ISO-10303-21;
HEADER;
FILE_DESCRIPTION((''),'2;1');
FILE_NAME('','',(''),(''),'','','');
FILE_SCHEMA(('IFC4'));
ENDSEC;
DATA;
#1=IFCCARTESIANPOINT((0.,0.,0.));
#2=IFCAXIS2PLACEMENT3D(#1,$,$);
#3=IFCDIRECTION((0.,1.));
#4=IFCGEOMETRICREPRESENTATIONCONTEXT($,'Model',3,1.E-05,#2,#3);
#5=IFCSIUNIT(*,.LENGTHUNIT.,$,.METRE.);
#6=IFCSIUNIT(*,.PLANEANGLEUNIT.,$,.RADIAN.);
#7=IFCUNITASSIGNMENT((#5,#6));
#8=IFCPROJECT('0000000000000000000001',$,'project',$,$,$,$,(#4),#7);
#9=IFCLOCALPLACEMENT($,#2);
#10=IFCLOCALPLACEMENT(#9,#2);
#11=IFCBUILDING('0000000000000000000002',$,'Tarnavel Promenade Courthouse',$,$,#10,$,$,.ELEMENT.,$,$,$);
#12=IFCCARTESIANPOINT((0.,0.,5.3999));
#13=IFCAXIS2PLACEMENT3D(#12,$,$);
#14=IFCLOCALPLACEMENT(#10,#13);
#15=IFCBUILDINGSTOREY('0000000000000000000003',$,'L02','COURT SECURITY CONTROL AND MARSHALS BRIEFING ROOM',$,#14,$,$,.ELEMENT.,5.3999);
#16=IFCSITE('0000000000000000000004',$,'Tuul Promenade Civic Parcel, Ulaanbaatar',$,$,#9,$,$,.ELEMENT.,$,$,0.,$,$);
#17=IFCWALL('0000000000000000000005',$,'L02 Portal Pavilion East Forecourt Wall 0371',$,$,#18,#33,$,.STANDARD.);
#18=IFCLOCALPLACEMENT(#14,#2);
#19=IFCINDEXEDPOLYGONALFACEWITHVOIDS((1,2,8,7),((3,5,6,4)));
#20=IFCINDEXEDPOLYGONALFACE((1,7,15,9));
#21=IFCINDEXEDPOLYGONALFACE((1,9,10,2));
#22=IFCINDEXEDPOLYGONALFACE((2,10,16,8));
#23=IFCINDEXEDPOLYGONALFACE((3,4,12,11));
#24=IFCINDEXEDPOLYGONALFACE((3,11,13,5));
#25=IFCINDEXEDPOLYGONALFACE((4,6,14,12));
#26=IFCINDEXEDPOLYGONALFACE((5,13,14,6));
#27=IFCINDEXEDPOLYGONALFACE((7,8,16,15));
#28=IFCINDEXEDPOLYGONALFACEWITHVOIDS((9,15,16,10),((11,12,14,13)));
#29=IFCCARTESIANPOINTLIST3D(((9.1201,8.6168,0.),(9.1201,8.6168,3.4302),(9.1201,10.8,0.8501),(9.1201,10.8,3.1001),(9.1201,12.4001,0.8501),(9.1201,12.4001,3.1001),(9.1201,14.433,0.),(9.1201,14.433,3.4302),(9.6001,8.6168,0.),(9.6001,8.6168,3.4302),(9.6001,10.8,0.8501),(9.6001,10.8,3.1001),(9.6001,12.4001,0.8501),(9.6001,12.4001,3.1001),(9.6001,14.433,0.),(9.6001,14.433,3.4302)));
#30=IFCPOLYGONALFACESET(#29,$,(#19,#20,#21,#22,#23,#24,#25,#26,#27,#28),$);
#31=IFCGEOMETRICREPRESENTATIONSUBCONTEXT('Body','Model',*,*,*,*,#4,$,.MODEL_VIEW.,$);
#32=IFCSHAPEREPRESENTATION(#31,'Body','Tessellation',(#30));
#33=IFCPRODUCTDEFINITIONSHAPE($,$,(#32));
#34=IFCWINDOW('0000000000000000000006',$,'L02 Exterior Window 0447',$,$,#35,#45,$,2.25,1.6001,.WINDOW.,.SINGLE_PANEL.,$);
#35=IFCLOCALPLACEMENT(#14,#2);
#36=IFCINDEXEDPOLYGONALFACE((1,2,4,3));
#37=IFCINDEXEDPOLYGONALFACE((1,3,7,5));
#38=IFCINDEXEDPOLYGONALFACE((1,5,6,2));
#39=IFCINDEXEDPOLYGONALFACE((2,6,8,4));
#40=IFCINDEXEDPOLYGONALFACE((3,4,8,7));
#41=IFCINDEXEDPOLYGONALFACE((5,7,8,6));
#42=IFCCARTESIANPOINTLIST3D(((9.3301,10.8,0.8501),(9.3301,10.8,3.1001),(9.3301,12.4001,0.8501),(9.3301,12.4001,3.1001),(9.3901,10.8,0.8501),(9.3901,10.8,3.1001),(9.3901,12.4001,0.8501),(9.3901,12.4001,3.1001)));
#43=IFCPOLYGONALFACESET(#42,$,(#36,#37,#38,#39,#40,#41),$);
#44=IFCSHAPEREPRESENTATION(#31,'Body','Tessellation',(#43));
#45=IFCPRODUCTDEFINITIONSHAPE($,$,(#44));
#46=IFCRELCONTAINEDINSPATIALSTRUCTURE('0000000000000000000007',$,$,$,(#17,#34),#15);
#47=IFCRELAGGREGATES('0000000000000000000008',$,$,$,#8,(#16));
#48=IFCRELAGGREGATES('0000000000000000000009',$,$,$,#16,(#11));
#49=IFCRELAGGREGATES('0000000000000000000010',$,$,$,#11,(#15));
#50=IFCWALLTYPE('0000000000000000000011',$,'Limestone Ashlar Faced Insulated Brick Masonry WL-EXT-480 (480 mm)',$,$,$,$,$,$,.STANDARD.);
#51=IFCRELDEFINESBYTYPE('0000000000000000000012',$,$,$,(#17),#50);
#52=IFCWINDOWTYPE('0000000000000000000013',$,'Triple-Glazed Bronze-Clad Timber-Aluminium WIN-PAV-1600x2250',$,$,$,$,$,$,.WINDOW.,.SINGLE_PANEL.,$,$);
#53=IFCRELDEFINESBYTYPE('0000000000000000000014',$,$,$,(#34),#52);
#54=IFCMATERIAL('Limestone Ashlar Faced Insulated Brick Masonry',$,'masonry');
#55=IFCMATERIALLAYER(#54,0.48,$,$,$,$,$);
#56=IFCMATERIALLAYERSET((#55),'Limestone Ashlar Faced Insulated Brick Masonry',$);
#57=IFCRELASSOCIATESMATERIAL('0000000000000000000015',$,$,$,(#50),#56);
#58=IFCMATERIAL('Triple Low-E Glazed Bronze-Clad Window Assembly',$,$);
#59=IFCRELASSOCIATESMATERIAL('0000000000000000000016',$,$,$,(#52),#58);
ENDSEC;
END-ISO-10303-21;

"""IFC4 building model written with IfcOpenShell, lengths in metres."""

from ifc_helpers import new_model, si_unit, direction, frame, frame_2d, origin, place, context, subcontext, project, spatial, rectangle, extrude, material, layer, layer_set, type_object, element, fill, save


model = new_model("IFC4")

# Units and contexts
model_context = context("Model", 3, precision=1e-05, world=origin(), true_north=direction((0.0, 1.0)))
body_context = subcontext(model_context, "Body", "Model", "MODEL_VIEW")
ifc_project = project(units=[si_unit("LENGTHUNIT", "METRE"), si_unit("PLANEANGLEUNIT", "RADIAN")], contexts=[model_context])

# Site, building, storey
site_placement = place(None, origin())
site = spatial("IfcSite", under=ifc_project, at=site_placement, Name="Tuul Promenade Civic Parcel, Ulaanbaatar", CompositionType="ELEMENT", RefElevation=0.0)
building_placement = place(site_placement, origin())
building = spatial("IfcBuilding", under=site, at=building_placement, Name="Tarnavel Promenade Courthouse", CompositionType="ELEMENT")
storey_placement = place(building_placement, frame((0.0, 0.0, 5.3999)))
storey = spatial("IfcBuildingStorey", under=building, at=storey_placement, Name="L02", Description="COURT SECURITY CONTROL AND MARSHALS BRIEFING ROOM", CompositionType="ELEMENT", Elevation=5.3999)

# Wall, opening, window
ifc_material_1 = material(Name="Limestone Ashlar Faced Insulated Brick Masonry", Category="masonry")
ifc_layer_1 = layer(ifc_material_1, 0.48)
ifc_layer_set_1 = layer_set([ifc_layer_1], Name="Limestone Ashlar Faced Insulated Brick Masonry")
wall_type = type_object("IfcWallType", Name="Limestone Ashlar Faced Insulated Brick Masonry WL-EXT-480 (480 mm)", PredefinedType="STANDARD", material=ifc_layer_set_1)
wall_placement = place(storey_placement, frame((9.3601, 14.4331, 0.0), z_axis=(0.0, 0.0, 1.0), x_axis=(0.0, -1.0, 0.0)))
wall = element("IfcWall", 1, at=wall_placement, inside=storey, type_object=wall_type, Name="L02 Portal Pavilion East Forecourt Wall 0371", PredefinedType="STANDARD", context=body_context, shape_type="SweptSolid", body=[
    extrude(rectangle(XDim=5.8162, YDim=0.48, at=frame_2d((2.9082, 0.0))), origin(), (0.0, 0.0, 1.0), 3.4302),
])
opening_placement = place(wall_placement, frame((2.033, 0.0, 0.8501)))
opening = element("IfcOpeningElement", 2, at=opening_placement, cuts=wall, PredefinedType="OPENING", context=body_context, shape_type="SweptSolid", body=[
    extrude(rectangle(XDim=1.6001, YDim=2.25, at=frame_2d((0.8, 1.125))), frame((0.0, 0.25, 0.0), z_axis=(0.0, -1.0, 0.0), x_axis=(1.0, 0.0, 0.0)), (0.0, 0.0, 1.0), 0.5),
])
ifc_material_2 = material(Name="Triple Low-E Glazed Bronze-Clad Window Assembly")
window_type = type_object("IfcWindowType", Name="Triple-Glazed Bronze-Clad Timber-Aluminium WIN-PAV-1600x2250", PartitioningType="SINGLE_PANEL", PredefinedType="WINDOW", material=ifc_material_2)
window_placement = place(opening_placement, origin())
window = element("IfcWindow", 3, at=window_placement, inside=storey, type_object=window_type, Name="L02 Exterior Window 0447", OverallHeight=2.25, OverallWidth=1.6001, PartitioningType="SINGLE_PANEL", PredefinedType="WINDOW", context=body_context, shape_type="SweptSolid", body=[
    extrude(rectangle(XDim=1.6001, YDim=2.25, at=frame_2d((0.8, 1.125))), frame((0.0, 0.03, 0.0), z_axis=(0.0, -1.0, 0.0), x_axis=(1.0, 0.0, 0.0)), (0.0, 0.0, 1.0), 0.0601),
])
fill(opening, window)

save(model, "model.ifc")
